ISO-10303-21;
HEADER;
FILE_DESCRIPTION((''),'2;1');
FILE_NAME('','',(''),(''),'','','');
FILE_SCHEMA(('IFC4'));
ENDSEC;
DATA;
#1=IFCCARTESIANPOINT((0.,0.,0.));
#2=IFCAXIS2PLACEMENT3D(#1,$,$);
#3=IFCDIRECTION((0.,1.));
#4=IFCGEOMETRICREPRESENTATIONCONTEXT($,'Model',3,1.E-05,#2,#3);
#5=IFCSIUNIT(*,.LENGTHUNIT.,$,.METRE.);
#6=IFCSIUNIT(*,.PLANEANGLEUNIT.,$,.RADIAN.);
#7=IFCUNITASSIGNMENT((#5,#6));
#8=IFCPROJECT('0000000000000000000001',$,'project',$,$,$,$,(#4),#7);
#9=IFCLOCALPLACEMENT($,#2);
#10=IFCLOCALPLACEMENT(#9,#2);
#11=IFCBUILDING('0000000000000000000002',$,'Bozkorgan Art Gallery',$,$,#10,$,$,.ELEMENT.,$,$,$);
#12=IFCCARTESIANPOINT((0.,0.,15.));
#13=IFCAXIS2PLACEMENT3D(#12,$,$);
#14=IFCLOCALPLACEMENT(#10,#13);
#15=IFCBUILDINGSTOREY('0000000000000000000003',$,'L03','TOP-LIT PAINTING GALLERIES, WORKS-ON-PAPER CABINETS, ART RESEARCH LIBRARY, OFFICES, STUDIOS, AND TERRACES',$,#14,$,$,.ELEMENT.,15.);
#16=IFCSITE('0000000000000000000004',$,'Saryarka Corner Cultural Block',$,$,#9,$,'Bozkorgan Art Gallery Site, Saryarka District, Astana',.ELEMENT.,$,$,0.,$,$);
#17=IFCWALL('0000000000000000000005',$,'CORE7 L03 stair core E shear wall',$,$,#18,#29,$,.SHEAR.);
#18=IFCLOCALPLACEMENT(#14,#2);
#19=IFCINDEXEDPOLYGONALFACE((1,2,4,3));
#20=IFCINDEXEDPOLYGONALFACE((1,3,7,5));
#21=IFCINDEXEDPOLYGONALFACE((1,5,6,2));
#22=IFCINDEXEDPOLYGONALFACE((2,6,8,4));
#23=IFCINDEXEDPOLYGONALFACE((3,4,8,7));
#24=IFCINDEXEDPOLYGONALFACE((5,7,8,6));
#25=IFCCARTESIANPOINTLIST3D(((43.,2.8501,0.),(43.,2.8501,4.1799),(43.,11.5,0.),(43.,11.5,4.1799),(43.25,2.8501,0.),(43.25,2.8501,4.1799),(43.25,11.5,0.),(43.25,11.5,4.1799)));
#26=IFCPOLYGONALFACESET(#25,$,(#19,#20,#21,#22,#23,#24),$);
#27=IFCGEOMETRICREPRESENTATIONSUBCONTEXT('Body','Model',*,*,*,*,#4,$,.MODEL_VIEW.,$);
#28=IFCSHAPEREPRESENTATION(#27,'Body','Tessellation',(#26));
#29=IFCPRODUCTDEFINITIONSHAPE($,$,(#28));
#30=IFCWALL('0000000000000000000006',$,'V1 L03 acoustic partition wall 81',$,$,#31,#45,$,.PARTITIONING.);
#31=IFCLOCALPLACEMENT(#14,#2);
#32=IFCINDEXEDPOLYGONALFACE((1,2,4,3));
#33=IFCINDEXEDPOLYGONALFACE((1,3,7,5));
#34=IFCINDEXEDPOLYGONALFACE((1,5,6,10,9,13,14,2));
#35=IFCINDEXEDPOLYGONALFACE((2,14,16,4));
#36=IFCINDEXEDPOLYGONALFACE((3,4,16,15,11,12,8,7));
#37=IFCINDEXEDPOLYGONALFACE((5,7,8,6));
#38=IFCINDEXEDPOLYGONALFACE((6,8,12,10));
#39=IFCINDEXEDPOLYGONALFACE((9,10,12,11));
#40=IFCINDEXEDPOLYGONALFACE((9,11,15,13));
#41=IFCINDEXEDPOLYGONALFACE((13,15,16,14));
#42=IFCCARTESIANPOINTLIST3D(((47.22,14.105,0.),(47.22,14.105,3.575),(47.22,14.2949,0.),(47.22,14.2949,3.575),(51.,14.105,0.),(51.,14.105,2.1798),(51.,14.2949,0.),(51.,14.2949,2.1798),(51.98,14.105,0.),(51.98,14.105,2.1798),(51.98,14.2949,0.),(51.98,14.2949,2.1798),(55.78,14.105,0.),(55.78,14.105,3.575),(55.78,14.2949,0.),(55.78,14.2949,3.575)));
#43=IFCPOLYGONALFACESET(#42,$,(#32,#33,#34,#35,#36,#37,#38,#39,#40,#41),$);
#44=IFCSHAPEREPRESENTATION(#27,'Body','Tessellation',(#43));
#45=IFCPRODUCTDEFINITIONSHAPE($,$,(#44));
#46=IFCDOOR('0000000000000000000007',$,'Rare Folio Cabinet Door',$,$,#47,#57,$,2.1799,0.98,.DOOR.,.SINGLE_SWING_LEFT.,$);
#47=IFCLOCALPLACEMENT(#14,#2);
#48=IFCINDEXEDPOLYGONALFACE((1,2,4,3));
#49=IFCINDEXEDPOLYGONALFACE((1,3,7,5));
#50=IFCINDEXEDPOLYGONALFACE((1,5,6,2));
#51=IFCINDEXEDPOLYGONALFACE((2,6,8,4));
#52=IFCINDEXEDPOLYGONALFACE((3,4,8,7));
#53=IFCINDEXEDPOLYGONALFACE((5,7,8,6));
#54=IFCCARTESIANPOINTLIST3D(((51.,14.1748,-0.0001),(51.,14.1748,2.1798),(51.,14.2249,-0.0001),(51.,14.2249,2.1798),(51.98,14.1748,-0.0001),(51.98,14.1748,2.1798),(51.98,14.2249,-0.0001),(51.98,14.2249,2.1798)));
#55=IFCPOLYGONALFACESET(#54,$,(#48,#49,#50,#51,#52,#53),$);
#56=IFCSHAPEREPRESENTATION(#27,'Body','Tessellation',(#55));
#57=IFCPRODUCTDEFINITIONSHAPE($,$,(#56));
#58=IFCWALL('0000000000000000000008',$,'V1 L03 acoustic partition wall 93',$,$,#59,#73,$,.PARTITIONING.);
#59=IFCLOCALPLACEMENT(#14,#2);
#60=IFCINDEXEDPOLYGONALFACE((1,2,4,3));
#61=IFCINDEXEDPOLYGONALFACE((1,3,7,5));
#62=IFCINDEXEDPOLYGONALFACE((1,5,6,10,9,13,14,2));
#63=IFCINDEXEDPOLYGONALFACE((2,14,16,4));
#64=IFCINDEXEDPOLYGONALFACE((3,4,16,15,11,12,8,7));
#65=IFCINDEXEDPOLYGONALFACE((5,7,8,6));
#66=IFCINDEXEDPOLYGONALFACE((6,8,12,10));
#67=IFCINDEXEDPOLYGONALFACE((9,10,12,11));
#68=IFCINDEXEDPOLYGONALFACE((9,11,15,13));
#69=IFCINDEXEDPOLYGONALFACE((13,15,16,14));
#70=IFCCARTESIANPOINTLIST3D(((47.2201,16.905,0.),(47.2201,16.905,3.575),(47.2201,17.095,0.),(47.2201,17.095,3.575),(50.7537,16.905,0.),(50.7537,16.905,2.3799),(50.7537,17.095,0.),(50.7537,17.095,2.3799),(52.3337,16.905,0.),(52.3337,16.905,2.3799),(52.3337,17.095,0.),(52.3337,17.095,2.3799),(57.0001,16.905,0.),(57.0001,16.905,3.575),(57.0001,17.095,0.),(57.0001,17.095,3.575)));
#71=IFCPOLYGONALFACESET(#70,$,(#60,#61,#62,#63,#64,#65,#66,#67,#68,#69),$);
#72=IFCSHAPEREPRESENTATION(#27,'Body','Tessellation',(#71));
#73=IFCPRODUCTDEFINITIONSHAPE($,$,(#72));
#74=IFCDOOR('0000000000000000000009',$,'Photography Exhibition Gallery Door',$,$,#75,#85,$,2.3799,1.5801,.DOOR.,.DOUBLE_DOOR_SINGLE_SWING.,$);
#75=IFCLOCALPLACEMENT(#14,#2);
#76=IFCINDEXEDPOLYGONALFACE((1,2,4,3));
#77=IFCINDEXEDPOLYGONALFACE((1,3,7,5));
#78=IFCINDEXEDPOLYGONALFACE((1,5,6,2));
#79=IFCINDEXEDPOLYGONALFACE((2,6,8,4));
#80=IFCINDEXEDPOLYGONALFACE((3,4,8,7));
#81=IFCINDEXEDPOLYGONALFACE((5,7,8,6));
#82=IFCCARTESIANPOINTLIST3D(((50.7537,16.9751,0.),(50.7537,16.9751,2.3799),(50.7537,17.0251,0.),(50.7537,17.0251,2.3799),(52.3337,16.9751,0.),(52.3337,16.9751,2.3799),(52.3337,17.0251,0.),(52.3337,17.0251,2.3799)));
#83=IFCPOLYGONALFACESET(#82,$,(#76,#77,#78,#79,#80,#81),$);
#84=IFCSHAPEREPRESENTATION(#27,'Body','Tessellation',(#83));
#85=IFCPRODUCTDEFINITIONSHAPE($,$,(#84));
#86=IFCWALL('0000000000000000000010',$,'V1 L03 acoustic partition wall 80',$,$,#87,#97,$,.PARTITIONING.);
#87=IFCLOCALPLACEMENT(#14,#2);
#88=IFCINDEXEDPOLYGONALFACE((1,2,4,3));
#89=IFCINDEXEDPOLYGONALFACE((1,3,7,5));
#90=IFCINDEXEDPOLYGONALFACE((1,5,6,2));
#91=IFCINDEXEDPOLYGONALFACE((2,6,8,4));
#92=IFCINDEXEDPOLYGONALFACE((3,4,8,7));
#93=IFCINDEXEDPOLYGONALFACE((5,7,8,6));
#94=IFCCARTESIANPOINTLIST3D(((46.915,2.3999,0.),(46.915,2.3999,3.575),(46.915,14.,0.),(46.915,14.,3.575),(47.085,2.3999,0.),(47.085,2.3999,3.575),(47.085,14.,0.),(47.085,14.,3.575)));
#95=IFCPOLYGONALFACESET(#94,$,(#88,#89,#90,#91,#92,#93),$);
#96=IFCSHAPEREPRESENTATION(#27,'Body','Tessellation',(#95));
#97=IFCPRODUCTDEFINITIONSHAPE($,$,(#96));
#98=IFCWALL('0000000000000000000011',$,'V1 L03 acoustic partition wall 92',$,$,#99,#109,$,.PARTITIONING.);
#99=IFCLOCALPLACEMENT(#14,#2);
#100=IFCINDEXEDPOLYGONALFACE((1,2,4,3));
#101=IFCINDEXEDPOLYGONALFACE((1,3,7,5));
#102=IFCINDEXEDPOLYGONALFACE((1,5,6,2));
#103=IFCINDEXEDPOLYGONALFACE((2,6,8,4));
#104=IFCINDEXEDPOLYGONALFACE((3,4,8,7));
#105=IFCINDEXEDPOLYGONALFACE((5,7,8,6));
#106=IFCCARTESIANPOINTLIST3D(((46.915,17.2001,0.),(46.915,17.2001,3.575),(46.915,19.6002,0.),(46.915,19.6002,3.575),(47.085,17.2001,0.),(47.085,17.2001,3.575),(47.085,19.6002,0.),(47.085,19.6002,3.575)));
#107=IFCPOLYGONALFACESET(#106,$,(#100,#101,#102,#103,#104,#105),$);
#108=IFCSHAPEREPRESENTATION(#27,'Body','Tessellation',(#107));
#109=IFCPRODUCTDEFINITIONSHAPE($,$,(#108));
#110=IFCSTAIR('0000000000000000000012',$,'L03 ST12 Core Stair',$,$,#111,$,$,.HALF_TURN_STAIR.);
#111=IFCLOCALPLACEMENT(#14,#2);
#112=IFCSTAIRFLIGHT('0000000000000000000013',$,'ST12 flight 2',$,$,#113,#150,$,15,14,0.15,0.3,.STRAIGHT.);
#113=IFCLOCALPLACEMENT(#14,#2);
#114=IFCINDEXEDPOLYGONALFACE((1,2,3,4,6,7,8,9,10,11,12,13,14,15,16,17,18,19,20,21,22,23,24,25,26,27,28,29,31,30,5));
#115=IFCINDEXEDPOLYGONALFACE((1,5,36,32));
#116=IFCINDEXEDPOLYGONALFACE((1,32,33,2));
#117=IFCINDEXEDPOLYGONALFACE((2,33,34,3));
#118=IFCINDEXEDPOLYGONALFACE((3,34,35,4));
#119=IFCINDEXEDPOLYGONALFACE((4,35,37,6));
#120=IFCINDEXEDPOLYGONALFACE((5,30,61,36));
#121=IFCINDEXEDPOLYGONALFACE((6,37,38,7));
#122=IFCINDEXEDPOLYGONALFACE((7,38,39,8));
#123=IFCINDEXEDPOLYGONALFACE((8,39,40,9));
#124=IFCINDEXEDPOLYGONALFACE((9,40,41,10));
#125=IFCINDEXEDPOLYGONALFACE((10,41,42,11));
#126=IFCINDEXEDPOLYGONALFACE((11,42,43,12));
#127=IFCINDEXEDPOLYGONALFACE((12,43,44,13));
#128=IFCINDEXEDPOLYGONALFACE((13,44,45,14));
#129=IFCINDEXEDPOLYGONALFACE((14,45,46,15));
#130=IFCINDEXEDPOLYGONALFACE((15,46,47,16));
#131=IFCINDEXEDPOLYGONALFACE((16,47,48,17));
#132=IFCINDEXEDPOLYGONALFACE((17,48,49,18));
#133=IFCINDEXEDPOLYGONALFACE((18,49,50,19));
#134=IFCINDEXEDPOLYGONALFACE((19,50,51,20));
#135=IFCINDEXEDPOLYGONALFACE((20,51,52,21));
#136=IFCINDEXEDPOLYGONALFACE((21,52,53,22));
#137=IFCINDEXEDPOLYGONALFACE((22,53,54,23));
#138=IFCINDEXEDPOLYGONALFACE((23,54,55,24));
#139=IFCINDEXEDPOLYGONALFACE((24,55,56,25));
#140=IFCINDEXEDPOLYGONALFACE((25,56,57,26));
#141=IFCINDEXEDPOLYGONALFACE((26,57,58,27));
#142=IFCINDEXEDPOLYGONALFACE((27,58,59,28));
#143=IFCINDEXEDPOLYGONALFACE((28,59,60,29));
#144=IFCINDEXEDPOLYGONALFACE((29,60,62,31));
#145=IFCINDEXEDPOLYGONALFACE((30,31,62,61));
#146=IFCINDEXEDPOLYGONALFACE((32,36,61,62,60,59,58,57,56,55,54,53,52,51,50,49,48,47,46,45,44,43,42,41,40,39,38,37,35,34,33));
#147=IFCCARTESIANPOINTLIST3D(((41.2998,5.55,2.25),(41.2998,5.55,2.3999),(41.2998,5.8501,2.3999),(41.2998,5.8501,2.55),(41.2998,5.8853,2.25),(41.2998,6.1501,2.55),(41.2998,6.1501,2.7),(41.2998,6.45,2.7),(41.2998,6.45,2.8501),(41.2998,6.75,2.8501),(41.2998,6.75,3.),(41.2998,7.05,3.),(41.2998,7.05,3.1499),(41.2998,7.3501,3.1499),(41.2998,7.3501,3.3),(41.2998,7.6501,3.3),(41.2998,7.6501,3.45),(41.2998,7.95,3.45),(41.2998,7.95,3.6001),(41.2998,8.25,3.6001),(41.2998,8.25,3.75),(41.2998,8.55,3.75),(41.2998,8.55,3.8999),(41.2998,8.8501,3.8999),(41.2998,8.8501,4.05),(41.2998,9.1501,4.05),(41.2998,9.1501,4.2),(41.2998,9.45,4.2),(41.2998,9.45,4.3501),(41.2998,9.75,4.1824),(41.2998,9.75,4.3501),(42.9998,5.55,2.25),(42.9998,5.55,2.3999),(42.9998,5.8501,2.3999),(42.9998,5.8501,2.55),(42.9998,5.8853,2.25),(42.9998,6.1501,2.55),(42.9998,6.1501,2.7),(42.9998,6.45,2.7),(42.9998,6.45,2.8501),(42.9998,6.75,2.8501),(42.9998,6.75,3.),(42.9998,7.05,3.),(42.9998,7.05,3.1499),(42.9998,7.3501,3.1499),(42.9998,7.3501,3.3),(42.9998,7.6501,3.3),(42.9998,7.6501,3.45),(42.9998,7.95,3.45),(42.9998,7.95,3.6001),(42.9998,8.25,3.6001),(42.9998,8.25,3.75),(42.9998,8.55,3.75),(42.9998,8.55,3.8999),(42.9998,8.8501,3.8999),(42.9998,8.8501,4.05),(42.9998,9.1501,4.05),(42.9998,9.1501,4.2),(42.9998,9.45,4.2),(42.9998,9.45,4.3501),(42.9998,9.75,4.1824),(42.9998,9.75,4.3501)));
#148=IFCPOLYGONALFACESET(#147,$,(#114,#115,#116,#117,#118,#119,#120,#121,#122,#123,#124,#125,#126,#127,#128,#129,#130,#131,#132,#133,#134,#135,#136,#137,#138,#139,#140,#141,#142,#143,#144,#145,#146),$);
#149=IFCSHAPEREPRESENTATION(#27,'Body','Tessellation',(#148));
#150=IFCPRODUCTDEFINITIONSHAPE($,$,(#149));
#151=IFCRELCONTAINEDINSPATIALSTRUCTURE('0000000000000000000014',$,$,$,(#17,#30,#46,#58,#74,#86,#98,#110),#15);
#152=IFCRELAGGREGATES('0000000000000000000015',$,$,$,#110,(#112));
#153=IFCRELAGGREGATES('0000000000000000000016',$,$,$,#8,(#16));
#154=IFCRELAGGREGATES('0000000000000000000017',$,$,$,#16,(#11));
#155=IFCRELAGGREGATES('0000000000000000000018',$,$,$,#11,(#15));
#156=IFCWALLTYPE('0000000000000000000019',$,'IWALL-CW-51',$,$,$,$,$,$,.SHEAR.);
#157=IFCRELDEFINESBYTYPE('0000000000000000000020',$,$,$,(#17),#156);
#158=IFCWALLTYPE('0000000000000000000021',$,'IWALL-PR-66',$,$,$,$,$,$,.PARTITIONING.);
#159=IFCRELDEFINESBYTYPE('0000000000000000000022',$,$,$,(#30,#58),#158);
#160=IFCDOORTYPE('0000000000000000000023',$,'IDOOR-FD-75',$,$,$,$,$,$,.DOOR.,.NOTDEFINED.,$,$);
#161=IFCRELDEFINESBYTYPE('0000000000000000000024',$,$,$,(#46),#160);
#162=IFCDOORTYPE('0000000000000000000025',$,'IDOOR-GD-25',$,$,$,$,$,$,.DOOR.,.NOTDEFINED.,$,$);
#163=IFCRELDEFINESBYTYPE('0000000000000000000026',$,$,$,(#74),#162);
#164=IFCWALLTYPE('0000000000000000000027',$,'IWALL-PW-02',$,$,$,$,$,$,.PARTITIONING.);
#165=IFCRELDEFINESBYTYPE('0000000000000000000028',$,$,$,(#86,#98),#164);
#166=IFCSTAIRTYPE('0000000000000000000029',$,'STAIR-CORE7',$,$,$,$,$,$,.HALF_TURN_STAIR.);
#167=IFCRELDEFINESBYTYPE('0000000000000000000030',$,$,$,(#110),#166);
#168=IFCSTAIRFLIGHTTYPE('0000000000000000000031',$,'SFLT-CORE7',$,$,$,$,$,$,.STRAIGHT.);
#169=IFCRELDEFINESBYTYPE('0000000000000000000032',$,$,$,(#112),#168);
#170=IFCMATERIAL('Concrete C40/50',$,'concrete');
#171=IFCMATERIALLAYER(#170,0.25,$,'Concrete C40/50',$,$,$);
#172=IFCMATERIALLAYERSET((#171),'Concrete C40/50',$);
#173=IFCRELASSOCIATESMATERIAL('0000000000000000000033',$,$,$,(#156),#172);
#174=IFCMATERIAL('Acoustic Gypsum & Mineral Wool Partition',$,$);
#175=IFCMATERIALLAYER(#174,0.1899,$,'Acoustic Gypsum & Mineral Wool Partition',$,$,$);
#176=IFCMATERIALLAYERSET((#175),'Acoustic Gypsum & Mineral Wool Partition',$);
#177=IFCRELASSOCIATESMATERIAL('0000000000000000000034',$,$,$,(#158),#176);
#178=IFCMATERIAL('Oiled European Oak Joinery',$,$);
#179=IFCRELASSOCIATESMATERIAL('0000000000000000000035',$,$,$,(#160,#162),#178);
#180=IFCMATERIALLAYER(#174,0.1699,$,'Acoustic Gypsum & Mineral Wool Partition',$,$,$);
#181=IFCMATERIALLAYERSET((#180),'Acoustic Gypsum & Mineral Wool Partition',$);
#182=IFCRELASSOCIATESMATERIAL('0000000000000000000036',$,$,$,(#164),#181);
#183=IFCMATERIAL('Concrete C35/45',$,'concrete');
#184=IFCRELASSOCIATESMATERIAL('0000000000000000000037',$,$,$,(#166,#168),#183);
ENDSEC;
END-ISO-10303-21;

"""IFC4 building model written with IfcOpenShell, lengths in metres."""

from ifc_helpers import new_model, si_unit, direction, frame, frame_2d, origin, place, context, subcontext, project, spatial, polyline, rectangle, outline, extrude, material, layer, layer_set, type_object, element, fill, aggregate, save


model = new_model("IFC4")

# Units and contexts
model_context = context("Model", 3, precision=1e-05, world=origin(), true_north=direction((0.0, 1.0)))
body_context = subcontext(model_context, "Body", "Model", "MODEL_VIEW")
ifc_project = project(units=[si_unit("LENGTHUNIT", "METRE"), si_unit("PLANEANGLEUNIT", "RADIAN")], contexts=[model_context])

# Site, building, storey
site_placement = place(None, origin())
site = spatial("IfcSite", under=ifc_project, at=site_placement, Name="Saryarka Corner Cultural Block", LongName="Bozkorgan Art Gallery Site, Saryarka District, Astana", CompositionType="ELEMENT", RefElevation=0.0)
building_placement = place(site_placement, origin())
building = spatial("IfcBuilding", under=site, at=building_placement, Name="Bozkorgan Art Gallery", CompositionType="ELEMENT")
storey_placement = place(building_placement, frame((0.0, 0.0, 15.0)))
storey = spatial("IfcBuildingStorey", under=building, at=storey_placement, Name="L03", Description="TOP-LIT PAINTING GALLERIES, WORKS-ON-PAPER CABINETS, ART RESEARCH LIBRARY, OFFICES, STUDIOS, AND TERRACES", CompositionType="ELEMENT", Elevation=15.0)

# Shared definitions
ifc_material_1 = material(Name="Concrete C40/50", Category="concrete")

# Wall
ifc_layer_1 = layer(ifc_material_1, 0.25, Name="Concrete C40/50")
ifc_layer_set_1 = layer_set([ifc_layer_1], Name="Concrete C40/50")
wall_type_1 = type_object("IfcWallType", Name="IWALL-CW-51", PredefinedType="SHEAR", material=ifc_layer_set_1)
wall_1_placement = place(storey_placement, frame((43.125, 2.8501, 0.0), z_axis=(0.0, 0.0, 1.0), x_axis=(0.0, 1.0, 0.0)))
element("IfcWall", 1, at=wall_1_placement, inside=storey, type_object=wall_type_1, Name="CORE7 L03 stair core E shear wall", PredefinedType="SHEAR", context=body_context, shape_type="SweptSolid", body=[
    extrude(rectangle(XDim=8.6499, YDim=0.25, at=frame_2d((4.325, 0.0))), origin(), (0.0, 0.0, 1.0), 4.1799),
])

# Walls, openings, doors
ifc_material_2 = material(Name="Acoustic Gypsum & Mineral Wool Partition")
ifc_material_3 = material(Name="Oiled European Oak Joinery")
ifc_layer_2 = layer(ifc_material_2, 0.1899, Name="Acoustic Gypsum & Mineral Wool Partition")
ifc_layer_set_2 = layer_set([ifc_layer_2], Name="Acoustic Gypsum & Mineral Wool Partition")
wall_type_2 = type_object("IfcWallType", Name="IWALL-PR-66", PredefinedType="PARTITIONING", material=ifc_layer_set_2)
wall_2_placement = place(storey_placement, frame((47.22, 14.2, 0.0), z_axis=(0.0, 0.0, 1.0), x_axis=(1.0, 0.0, 0.0)))
wall_2 = element("IfcWall", 2, at=wall_2_placement, inside=storey, type_object=wall_type_2, Name="V1 L03 acoustic partition wall 81", PredefinedType="PARTITIONING", context=body_context, shape_type="SweptSolid", body=[
    extrude(rectangle(XDim=8.5601, YDim=0.1899, at=frame_2d((4.28, 0.0))), origin(), (0.0, 0.0, 1.0), 3.575),
])
opening_1_placement = place(wall_2_placement, frame((3.78, 0.0, 0.0)))
opening_1 = element("IfcOpeningElement", 3, at=opening_1_placement, cuts=wall_2, PredefinedType="OPENING", context=body_context, shape_type="SweptSolid", body=[
    extrude(rectangle(XDim=0.98, YDim=2.1799, at=frame_2d((0.49, 1.0898))), frame((0.0, 0.105, 0.0), z_axis=(0.0, -1.0, 0.0), x_axis=(1.0, 0.0, 0.0)), (0.0, 0.0, 1.0), 0.21),
])
door_type_1 = type_object("IfcDoorType", Name="IDOOR-FD-75", OperationType="NOTDEFINED", PredefinedType="DOOR", material=ifc_material_3)
door_1_placement = place(opening_1_placement, origin())
door_1 = element("IfcDoor", 4, at=door_1_placement, inside=storey, type_object=door_type_1, Name="Rare Folio Cabinet Door", OperationType="SINGLE_SWING_LEFT", OverallHeight=2.1799, OverallWidth=0.98, PredefinedType="DOOR", context=body_context, shape_type="SweptSolid", body=[
    extrude(rectangle(XDim=0.98, YDim=2.1799, at=frame_2d((0.49, 1.0898))), frame((0.0, 0.0249, 0.0), z_axis=(0.0, -1.0, 0.0), x_axis=(1.0, 0.0, 0.0)), (0.0, 0.0, 1.0), 0.05),
])
fill(opening_1, door_1)
wall_3_placement = place(storey_placement, frame((47.22, 17.0, 0.0), z_axis=(0.0, 0.0, 1.0), x_axis=(1.0, 0.0, 0.0)))
wall_3 = element("IfcWall", 5, at=wall_3_placement, inside=storey, type_object=wall_type_2, Name="V1 L03 acoustic partition wall 93", PredefinedType="PARTITIONING", context=body_context, shape_type="SweptSolid", body=[
    extrude(rectangle(XDim=9.78, YDim=0.1899, at=frame_2d((4.8901, 0.0))), origin(), (0.0, 0.0, 1.0), 3.575),
])
opening_2_placement = place(wall_3_placement, frame((5.1138, 0.0, 0.0), z_axis=(0.0, 0.0, 1.0), x_axis=(-1.0, 0.0, 0.0)))
opening_2 = element("IfcOpeningElement", 6, at=opening_2_placement, cuts=wall_3, PredefinedType="OPENING", context=body_context, shape_type="SweptSolid", body=[
    extrude(rectangle(XDim=1.5801, YDim=2.3799, at=frame_2d((0.79, 1.1899))), frame((0.0, 0.105, 0.0), z_axis=(0.0, -1.0, 0.0), x_axis=(1.0, 0.0, 0.0)), (0.0, 0.0, 1.0), 0.21),
])
door_type_2 = type_object("IfcDoorType", Name="IDOOR-GD-25", OperationType="NOTDEFINED", PredefinedType="DOOR", material=ifc_material_3)
door_2_placement = place(opening_2_placement, origin())
door_2 = element("IfcDoor", 7, at=door_2_placement, inside=storey, type_object=door_type_2, Name="Photography Exhibition Gallery Door", OperationType="DOUBLE_DOOR_SINGLE_SWING", OverallHeight=2.3799, OverallWidth=1.5801, PredefinedType="DOOR", context=body_context, shape_type="SweptSolid", body=[
    extrude(rectangle(XDim=1.5801, YDim=2.3799, at=frame_2d((0.79, 1.1899))), frame((0.0, 0.0249, 0.0), z_axis=(0.0, -1.0, 0.0), x_axis=(1.0, 0.0, 0.0)), (0.0, 0.0, 1.0), 0.05),
])
fill(opening_2, door_2)

# Walls
ifc_layer_3 = layer(ifc_material_2, 0.1699, Name="Acoustic Gypsum & Mineral Wool Partition")
ifc_layer_set_3 = layer_set([ifc_layer_3], Name="Acoustic Gypsum & Mineral Wool Partition")
wall_type_3 = type_object("IfcWallType", Name="IWALL-PW-02", PredefinedType="PARTITIONING", material=ifc_layer_set_3)
wall_4_placement = place(storey_placement, frame((47.0, 2.3999, 0.0), z_axis=(0.0, 0.0, 1.0), x_axis=(0.0, 1.0, 0.0)))
element("IfcWall", 8, at=wall_4_placement, inside=storey, type_object=wall_type_3, Name="V1 L03 acoustic partition wall 80", PredefinedType="PARTITIONING", context=body_context, shape_type="SweptSolid", body=[
    extrude(rectangle(XDim=11.6001, YDim=0.1699, at=frame_2d((5.8, 0.0))), origin(), (0.0, 0.0, 1.0), 3.575),
])
wall_5_placement = place(storey_placement, frame((47.0, 17.2, 0.0), z_axis=(0.0, 0.0, 1.0), x_axis=(0.0, 1.0, 0.0)))
element("IfcWall", 9, at=wall_5_placement, inside=storey, type_object=wall_type_3, Name="V1 L03 acoustic partition wall 92", PredefinedType="PARTITIONING", context=body_context, shape_type="SweptSolid", body=[
    extrude(rectangle(XDim=2.4001, YDim=0.1699, at=frame_2d((1.2002, 0.0))), origin(), (0.0, 0.0, 1.0), 3.575),
])

# Stair, stair flight
ifc_material_4 = material(Name="Concrete C35/45", Category="concrete")
stair_type = type_object("IfcStairType", Name="STAIR-CORE7", PredefinedType="HALF_TURN_STAIR", material=ifc_material_4)
stair_placement = place(storey_placement, origin())
stair = element("IfcStair", 10, at=stair_placement, inside=storey, type_object=stair_type, Name="L03 ST12 Core Stair", PredefinedType="HALF_TURN_STAIR")
stair_flight_type = type_object("IfcStairFlightType", Name="SFLT-CORE7", PredefinedType="STRAIGHT", material=ifc_material_4)
stair_flight_placement = place(storey_placement, frame((42.1499, 5.55, 2.25), z_axis=(0.0, 0.0, 1.0), x_axis=(0.0, 1.0, 0.0)))
stair_flight = element("IfcStairFlight", 11, at=stair_flight_placement, type_object=stair_flight_type, Name="ST12 flight 2", NumberOfRisers=15, NumberOfTreads=14, PredefinedType="STRAIGHT", RiserHeight=0.15, TreadLength=0.3, context=body_context, shape_type="SweptSolid", body=[
    extrude(outline(polyline([(0.0, 0.0), (0.0, 0.1499), (0.3, 0.1499), (0.3, 0.3), (0.6001, 0.3), (0.6001, 0.45), (0.8999, 0.45), (0.8999, 0.6001), (1.2, 0.6001), (1.2, 0.75), (1.5, 0.75), (1.5, 0.8999), (1.8, 0.8999), (1.8, 1.05), (2.1001, 1.05), (2.1001, 1.2), (2.3999, 1.2), (2.3999, 1.3501), (2.7, 1.3501), (2.7, 1.5), (3.0, 1.5), (3.0, 1.6499), (3.3, 1.6499), (3.3, 1.8), (3.6001, 1.8), (3.6001, 1.95), (3.8999, 1.95), (3.8999, 2.1001), (4.2, 2.1001), (4.2, 2.25), (4.2, 1.9324), (0.3352, 0.0), (0.0, 0.0)])), frame((0.0, 0.8501, 0.0), z_axis=(0.0, -1.0, 0.0), x_axis=(1.0, 0.0, 0.0)), (0.0, 0.0, 1.0), 1.7),
])
aggregate(stair, [stair_flight])

save(model, "model.ifc")
